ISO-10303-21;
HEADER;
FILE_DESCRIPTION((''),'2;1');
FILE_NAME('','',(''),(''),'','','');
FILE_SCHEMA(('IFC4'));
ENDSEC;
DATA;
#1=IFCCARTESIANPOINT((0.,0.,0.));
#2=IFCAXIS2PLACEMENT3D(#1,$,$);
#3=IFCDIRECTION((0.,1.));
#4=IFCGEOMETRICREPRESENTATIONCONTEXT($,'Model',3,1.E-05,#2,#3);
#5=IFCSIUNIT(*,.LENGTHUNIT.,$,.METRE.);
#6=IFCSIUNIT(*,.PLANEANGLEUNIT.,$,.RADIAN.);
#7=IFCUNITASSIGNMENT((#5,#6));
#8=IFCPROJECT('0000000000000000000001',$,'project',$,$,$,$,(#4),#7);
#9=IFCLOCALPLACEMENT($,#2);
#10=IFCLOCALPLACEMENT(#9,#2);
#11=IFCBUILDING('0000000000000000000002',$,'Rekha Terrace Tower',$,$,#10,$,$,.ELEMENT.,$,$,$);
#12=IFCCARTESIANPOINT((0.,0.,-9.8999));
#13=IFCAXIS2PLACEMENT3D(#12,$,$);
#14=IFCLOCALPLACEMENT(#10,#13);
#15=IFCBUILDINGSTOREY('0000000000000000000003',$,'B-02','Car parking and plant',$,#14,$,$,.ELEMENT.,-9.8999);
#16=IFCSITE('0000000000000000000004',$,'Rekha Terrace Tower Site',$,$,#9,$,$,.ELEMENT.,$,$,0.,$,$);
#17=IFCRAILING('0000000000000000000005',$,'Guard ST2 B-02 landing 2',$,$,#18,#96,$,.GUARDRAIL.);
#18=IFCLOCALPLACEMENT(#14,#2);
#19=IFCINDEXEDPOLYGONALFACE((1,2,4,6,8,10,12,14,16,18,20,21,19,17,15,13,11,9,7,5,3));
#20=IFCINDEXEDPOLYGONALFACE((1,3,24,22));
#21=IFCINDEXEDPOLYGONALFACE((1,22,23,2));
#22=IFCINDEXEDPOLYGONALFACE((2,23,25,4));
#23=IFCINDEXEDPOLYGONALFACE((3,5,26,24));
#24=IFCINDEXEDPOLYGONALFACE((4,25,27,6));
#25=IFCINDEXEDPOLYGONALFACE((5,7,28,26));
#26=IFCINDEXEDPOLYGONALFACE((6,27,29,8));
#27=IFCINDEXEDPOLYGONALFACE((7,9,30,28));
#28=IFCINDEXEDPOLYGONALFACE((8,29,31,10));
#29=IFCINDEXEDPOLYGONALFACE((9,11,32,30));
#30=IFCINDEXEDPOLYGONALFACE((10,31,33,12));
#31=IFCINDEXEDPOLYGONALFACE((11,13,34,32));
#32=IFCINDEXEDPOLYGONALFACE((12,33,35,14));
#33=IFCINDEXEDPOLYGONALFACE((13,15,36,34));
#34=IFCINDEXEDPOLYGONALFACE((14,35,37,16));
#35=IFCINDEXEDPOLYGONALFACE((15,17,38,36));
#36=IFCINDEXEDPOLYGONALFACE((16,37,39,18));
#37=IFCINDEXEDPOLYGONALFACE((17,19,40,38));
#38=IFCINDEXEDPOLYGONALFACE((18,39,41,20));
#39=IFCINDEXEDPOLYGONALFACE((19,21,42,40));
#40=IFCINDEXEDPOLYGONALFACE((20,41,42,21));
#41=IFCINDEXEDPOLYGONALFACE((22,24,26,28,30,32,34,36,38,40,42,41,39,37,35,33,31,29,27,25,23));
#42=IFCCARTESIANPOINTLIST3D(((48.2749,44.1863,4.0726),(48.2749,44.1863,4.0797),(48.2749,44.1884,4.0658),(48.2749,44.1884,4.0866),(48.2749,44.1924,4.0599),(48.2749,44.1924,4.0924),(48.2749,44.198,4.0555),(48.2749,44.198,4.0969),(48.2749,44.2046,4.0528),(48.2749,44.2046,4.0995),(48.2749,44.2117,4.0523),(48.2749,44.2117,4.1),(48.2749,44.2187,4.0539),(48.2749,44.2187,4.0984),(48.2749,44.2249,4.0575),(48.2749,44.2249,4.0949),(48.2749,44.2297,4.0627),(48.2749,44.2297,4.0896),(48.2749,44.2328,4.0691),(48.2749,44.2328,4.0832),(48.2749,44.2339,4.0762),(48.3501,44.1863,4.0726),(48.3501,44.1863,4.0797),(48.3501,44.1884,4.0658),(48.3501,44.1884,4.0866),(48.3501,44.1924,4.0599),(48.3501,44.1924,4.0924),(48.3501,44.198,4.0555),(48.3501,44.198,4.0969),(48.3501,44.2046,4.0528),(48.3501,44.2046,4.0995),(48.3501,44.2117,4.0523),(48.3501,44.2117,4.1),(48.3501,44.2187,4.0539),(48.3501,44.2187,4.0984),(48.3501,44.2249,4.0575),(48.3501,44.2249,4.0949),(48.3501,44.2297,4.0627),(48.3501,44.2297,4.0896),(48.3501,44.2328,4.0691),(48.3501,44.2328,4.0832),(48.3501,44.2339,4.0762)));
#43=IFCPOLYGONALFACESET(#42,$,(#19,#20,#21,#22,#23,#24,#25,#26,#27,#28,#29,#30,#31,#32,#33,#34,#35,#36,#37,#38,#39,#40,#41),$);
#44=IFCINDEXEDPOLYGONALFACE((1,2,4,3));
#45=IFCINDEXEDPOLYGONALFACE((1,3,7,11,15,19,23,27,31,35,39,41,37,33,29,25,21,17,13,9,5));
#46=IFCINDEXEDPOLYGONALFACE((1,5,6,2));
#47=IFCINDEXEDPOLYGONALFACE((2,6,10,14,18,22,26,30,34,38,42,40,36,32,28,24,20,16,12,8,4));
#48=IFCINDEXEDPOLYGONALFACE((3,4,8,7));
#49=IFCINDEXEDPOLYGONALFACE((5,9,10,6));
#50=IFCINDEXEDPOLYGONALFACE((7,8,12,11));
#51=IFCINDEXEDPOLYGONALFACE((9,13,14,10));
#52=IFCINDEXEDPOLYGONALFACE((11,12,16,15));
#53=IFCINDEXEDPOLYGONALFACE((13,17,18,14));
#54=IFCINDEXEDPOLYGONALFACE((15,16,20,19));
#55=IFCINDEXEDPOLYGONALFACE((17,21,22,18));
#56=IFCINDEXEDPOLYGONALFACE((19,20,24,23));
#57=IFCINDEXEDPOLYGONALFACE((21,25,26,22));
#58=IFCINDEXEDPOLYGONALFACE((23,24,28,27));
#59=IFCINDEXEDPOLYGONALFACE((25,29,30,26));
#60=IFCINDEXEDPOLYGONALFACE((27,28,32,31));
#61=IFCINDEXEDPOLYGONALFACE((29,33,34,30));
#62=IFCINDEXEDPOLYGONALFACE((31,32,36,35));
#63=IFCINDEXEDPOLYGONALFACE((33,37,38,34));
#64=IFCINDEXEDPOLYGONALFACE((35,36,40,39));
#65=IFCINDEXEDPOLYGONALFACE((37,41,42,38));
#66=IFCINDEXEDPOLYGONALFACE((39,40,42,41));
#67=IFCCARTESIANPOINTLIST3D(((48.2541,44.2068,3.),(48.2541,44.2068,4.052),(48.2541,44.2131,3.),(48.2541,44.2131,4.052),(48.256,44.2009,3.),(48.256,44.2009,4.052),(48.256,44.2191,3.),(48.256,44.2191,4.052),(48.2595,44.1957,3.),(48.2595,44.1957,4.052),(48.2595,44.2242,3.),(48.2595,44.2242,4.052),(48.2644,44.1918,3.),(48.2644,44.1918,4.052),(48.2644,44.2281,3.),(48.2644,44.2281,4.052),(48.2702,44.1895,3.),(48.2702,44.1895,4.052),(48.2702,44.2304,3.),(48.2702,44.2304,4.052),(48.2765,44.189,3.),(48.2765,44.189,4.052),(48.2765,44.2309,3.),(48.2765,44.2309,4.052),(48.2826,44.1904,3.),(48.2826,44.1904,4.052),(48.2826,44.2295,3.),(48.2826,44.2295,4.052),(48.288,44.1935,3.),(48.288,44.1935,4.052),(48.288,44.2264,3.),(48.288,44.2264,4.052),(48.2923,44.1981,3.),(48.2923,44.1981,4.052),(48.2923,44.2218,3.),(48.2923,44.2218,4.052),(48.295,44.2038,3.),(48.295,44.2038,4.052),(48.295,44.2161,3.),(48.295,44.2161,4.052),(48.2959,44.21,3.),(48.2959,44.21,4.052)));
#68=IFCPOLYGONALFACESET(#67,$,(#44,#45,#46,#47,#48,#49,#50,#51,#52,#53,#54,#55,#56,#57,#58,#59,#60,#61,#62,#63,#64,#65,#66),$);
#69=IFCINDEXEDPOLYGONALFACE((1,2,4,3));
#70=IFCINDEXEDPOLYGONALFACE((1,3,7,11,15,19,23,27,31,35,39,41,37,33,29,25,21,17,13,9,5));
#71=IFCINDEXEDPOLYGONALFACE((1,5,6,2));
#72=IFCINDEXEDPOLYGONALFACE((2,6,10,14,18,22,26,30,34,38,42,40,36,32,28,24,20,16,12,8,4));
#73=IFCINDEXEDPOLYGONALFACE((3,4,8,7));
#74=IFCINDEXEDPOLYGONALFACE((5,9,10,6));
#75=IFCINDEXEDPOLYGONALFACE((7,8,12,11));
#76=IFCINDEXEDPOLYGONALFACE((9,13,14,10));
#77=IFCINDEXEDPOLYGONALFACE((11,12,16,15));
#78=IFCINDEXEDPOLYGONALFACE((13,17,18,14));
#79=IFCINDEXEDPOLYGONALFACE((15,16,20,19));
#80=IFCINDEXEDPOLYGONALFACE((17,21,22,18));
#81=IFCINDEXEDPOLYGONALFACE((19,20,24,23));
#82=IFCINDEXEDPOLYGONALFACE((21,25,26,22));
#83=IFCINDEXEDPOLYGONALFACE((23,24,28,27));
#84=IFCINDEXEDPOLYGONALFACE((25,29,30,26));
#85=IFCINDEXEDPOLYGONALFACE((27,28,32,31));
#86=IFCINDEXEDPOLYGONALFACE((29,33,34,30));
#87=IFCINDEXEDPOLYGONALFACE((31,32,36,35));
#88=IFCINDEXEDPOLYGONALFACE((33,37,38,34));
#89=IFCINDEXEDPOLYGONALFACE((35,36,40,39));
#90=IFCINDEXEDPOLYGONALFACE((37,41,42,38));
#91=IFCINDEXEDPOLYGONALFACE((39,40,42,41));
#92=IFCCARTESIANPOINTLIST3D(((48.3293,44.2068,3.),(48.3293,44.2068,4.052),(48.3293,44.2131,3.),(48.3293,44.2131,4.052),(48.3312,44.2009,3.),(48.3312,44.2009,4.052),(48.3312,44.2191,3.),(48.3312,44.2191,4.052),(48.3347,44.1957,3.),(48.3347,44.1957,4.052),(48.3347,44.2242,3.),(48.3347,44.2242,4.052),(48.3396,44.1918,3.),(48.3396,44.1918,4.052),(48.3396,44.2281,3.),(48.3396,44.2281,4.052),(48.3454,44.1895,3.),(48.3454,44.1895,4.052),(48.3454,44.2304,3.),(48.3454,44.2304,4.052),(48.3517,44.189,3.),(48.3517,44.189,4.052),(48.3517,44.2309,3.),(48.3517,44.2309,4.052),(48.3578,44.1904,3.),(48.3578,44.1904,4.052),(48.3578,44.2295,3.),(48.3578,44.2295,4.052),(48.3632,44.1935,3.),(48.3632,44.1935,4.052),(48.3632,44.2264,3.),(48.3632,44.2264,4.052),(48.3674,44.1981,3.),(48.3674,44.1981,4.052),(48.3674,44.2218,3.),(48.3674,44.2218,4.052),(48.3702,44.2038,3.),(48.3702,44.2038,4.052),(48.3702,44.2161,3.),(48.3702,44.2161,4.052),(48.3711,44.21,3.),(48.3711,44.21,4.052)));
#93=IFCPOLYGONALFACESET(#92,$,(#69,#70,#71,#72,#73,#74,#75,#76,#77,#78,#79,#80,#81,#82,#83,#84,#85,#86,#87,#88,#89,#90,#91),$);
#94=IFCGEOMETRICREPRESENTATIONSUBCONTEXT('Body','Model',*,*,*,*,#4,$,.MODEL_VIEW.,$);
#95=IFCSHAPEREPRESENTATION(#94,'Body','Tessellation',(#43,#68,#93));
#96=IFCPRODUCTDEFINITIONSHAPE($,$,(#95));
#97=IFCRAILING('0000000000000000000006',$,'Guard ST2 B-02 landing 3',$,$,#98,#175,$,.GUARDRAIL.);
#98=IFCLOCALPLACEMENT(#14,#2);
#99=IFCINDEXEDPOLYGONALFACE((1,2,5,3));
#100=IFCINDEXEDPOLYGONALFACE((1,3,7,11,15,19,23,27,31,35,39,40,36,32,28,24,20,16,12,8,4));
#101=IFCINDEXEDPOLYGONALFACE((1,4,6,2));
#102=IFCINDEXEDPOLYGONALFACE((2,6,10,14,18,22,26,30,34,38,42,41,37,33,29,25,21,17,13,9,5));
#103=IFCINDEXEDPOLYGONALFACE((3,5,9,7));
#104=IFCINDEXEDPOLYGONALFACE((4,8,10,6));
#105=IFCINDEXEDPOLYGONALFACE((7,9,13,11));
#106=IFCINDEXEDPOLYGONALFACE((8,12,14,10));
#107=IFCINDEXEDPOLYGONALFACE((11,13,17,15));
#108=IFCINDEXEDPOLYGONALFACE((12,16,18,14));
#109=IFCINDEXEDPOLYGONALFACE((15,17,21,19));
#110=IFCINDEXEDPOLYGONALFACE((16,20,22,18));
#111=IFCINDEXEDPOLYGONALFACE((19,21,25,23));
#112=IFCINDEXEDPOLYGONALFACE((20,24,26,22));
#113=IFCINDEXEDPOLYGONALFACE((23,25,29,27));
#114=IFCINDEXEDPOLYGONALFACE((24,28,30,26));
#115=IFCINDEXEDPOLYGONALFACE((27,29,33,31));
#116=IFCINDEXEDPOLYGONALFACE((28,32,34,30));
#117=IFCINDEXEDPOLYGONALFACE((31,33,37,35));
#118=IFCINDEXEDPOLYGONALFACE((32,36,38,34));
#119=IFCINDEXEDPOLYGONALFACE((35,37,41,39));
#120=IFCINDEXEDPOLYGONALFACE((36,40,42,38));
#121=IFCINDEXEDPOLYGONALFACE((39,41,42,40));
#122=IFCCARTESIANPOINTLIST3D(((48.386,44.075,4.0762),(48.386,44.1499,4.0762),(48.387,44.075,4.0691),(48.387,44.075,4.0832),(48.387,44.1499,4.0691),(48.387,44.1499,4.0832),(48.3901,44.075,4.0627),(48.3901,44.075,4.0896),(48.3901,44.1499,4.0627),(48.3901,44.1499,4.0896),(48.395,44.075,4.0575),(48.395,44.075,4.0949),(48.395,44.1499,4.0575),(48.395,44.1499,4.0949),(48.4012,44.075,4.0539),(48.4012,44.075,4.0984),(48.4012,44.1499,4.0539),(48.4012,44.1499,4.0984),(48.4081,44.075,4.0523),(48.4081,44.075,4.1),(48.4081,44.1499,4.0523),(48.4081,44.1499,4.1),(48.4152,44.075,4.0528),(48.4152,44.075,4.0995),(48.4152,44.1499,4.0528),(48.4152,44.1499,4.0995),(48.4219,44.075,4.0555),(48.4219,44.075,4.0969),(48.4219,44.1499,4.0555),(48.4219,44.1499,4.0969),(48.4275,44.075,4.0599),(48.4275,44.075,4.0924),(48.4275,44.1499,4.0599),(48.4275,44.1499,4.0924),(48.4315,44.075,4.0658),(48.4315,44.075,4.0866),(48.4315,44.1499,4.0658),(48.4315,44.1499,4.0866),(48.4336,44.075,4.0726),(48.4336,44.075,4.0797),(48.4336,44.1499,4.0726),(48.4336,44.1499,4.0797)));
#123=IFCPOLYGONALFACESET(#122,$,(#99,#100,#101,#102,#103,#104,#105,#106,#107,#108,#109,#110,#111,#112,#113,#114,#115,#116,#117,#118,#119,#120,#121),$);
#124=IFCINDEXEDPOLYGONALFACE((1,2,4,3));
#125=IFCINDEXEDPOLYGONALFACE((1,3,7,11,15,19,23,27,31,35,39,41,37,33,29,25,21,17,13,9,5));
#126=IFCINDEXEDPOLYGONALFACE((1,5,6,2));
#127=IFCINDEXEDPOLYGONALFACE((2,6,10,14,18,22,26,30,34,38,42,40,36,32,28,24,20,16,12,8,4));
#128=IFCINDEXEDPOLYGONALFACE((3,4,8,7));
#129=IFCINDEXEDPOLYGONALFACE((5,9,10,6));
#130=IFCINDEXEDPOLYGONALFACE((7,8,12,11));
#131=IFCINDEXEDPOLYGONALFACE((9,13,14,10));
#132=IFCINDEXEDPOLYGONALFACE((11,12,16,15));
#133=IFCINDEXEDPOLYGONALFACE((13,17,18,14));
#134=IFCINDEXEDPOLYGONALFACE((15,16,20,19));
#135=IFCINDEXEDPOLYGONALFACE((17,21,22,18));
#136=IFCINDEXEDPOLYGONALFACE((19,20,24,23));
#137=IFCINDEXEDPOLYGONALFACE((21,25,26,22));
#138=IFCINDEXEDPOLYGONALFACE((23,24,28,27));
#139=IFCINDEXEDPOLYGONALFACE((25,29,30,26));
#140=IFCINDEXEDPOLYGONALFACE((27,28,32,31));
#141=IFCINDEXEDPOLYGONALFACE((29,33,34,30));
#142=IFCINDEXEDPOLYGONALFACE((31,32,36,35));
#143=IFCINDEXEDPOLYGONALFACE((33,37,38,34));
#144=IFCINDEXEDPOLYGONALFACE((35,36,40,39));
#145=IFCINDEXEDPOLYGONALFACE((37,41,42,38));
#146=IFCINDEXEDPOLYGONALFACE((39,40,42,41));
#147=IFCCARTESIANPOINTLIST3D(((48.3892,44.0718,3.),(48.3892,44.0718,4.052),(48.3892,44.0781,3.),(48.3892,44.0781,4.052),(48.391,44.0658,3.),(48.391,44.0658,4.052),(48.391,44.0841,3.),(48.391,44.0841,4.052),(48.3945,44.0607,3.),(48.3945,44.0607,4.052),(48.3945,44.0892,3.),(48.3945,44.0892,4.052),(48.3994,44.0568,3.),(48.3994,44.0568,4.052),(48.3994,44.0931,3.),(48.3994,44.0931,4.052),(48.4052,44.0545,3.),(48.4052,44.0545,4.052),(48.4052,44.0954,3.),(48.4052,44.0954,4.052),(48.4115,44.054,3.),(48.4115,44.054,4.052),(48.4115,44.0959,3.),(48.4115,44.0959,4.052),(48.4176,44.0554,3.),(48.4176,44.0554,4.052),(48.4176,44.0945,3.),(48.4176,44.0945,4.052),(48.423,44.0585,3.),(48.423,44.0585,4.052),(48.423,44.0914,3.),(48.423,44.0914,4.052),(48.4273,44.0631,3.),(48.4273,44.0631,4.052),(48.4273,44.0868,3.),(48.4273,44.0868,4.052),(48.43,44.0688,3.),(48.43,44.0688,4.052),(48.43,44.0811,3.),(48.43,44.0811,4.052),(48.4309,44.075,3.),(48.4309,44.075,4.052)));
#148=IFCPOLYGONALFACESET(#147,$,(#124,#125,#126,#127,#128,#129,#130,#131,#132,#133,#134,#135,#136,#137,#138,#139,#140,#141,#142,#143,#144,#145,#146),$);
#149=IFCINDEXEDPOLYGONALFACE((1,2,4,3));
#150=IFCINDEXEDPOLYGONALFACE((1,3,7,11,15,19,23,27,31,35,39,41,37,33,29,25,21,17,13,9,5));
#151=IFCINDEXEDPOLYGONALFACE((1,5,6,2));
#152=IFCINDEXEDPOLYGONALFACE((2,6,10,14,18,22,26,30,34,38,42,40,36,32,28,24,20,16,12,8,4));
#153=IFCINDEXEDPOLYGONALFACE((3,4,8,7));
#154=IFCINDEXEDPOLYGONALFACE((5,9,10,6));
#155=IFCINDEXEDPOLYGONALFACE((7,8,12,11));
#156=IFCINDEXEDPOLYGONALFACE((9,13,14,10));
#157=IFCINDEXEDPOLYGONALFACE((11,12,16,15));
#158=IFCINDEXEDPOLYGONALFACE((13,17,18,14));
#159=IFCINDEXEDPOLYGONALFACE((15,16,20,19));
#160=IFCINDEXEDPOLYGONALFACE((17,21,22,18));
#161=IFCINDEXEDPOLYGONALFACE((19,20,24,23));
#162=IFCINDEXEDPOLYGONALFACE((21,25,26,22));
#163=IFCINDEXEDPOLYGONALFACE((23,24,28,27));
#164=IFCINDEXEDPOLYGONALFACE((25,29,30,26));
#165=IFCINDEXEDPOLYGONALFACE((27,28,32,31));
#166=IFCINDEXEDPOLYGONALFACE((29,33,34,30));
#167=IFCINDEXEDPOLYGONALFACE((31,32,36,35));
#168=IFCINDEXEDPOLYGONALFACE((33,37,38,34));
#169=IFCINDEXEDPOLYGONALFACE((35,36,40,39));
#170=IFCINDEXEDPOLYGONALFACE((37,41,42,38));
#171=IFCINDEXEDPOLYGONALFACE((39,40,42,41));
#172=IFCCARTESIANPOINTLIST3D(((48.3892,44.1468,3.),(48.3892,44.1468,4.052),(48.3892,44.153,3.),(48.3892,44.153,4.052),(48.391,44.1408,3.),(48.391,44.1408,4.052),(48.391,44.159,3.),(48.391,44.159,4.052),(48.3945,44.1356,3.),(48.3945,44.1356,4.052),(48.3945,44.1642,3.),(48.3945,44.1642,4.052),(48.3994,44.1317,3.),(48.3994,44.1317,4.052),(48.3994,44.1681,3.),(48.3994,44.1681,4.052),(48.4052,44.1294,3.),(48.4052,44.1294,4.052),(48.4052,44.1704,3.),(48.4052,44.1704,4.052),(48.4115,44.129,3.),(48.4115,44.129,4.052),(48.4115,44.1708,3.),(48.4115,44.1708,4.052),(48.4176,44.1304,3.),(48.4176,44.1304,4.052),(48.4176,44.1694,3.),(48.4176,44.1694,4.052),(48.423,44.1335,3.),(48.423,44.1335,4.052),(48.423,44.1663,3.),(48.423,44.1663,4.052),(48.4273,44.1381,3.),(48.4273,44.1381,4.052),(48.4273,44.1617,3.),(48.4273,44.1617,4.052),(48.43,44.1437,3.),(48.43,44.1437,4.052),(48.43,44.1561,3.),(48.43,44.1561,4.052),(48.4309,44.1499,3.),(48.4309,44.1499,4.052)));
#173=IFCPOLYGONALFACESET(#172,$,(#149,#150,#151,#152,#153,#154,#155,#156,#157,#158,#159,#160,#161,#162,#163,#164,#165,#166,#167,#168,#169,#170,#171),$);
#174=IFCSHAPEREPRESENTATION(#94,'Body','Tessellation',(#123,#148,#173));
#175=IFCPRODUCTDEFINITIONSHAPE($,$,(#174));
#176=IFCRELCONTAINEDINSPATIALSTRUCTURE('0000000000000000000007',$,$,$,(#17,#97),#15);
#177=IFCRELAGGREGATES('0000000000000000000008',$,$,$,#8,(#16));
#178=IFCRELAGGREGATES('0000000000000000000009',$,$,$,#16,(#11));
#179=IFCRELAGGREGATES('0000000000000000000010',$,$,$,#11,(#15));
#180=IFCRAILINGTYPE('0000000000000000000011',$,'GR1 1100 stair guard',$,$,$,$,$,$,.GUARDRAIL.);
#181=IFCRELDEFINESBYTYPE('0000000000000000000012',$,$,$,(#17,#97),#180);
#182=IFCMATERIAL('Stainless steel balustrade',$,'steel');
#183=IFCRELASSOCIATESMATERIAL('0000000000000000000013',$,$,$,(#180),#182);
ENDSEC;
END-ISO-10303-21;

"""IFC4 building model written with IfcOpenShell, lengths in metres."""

from ifc_helpers import new_model, si_unit, direction, frame, origin, origin_2d, place, context, subcontext, project, spatial, circle, extrude, material, type_object, element, save


model = new_model("IFC4")

# Units and contexts
model_context = context("Model", 3, precision=1e-05, world=origin(), true_north=direction((0.0, 1.0)))
body_context = subcontext(model_context, "Body", "Model", "MODEL_VIEW")
ifc_project = project(units=[si_unit("LENGTHUNIT", "METRE"), si_unit("PLANEANGLEUNIT", "RADIAN")], contexts=[model_context])

# Site, building, storey
site_placement = place(None, origin())
site = spatial("IfcSite", under=ifc_project, at=site_placement, Name="Rekha Terrace Tower Site", CompositionType="ELEMENT", RefElevation=0.0)
building_placement = place(site_placement, origin())
building = spatial("IfcBuilding", under=site, at=building_placement, Name="Rekha Terrace Tower", CompositionType="ELEMENT")
storey_placement = place(building_placement, frame((0.0, 0.0, -9.8999)))
storey = spatial("IfcBuildingStorey", under=building, at=storey_placement, Name="B-02", Description="Car parking and plant", CompositionType="ELEMENT", Elevation=-9.8999)

# Railings
ifc_material_1 = material(Name="Stainless steel balustrade", Category="steel")
railing_type_1 = type_object("IfcRailingType", Name="GR1 1100 stair guard", PredefinedType="GUARDRAIL", material=ifc_material_1)
railing_1_placement = place(storey_placement, frame((48.2749, 44.21, 3.0)))
element("IfcRailing", 1, at=railing_1_placement, inside=storey, type_object=railing_type_1, Name="Guard ST2 B-02 landing 2", PredefinedType="GUARDRAIL", context=body_context, shape_type="SweptSolid", body=[
    extrude(circle(Radius=0.0239, at=origin_2d()), frame((0.0, 0.0, 1.0762), z_axis=(1.0, 0.0, 0.0), x_axis=(0.0, 1.0, 0.0)), (0.0, 0.0, 1.0), 0.0752),
    extrude(circle(Radius=0.021, at=origin_2d()), origin(), (0.0, 0.0, 1.0), 1.052),
    extrude(circle(Radius=0.021, at=origin_2d()), frame((0.0752, 0.0, 0.0)), (0.0, 0.0, 1.0), 1.052),
])
railing_2_placement = place(storey_placement, frame((48.4099, 44.075, 3.0)))
element("IfcRailing", 2, at=railing_2_placement, inside=storey, type_object=railing_type_1, Name="Guard ST2 B-02 landing 3", PredefinedType="GUARDRAIL", context=body_context, shape_type="SweptSolid", body=[
    extrude(circle(Radius=0.0239, at=origin_2d()), frame((0.0, 0.0, 1.0762), z_axis=(0.0, 1.0, 0.0), x_axis=(-1.0, 0.0, 0.0)), (0.0, 0.0, 1.0), 0.075),
    extrude(circle(Radius=0.021, at=origin_2d()), origin(), (0.0, 0.0, 1.0), 1.052),
    extrude(circle(Radius=0.021, at=origin_2d()), frame((0.0, 0.075, 0.0)), (0.0, 0.0, 1.0), 1.052),
])

save(model, "model.ifc")
